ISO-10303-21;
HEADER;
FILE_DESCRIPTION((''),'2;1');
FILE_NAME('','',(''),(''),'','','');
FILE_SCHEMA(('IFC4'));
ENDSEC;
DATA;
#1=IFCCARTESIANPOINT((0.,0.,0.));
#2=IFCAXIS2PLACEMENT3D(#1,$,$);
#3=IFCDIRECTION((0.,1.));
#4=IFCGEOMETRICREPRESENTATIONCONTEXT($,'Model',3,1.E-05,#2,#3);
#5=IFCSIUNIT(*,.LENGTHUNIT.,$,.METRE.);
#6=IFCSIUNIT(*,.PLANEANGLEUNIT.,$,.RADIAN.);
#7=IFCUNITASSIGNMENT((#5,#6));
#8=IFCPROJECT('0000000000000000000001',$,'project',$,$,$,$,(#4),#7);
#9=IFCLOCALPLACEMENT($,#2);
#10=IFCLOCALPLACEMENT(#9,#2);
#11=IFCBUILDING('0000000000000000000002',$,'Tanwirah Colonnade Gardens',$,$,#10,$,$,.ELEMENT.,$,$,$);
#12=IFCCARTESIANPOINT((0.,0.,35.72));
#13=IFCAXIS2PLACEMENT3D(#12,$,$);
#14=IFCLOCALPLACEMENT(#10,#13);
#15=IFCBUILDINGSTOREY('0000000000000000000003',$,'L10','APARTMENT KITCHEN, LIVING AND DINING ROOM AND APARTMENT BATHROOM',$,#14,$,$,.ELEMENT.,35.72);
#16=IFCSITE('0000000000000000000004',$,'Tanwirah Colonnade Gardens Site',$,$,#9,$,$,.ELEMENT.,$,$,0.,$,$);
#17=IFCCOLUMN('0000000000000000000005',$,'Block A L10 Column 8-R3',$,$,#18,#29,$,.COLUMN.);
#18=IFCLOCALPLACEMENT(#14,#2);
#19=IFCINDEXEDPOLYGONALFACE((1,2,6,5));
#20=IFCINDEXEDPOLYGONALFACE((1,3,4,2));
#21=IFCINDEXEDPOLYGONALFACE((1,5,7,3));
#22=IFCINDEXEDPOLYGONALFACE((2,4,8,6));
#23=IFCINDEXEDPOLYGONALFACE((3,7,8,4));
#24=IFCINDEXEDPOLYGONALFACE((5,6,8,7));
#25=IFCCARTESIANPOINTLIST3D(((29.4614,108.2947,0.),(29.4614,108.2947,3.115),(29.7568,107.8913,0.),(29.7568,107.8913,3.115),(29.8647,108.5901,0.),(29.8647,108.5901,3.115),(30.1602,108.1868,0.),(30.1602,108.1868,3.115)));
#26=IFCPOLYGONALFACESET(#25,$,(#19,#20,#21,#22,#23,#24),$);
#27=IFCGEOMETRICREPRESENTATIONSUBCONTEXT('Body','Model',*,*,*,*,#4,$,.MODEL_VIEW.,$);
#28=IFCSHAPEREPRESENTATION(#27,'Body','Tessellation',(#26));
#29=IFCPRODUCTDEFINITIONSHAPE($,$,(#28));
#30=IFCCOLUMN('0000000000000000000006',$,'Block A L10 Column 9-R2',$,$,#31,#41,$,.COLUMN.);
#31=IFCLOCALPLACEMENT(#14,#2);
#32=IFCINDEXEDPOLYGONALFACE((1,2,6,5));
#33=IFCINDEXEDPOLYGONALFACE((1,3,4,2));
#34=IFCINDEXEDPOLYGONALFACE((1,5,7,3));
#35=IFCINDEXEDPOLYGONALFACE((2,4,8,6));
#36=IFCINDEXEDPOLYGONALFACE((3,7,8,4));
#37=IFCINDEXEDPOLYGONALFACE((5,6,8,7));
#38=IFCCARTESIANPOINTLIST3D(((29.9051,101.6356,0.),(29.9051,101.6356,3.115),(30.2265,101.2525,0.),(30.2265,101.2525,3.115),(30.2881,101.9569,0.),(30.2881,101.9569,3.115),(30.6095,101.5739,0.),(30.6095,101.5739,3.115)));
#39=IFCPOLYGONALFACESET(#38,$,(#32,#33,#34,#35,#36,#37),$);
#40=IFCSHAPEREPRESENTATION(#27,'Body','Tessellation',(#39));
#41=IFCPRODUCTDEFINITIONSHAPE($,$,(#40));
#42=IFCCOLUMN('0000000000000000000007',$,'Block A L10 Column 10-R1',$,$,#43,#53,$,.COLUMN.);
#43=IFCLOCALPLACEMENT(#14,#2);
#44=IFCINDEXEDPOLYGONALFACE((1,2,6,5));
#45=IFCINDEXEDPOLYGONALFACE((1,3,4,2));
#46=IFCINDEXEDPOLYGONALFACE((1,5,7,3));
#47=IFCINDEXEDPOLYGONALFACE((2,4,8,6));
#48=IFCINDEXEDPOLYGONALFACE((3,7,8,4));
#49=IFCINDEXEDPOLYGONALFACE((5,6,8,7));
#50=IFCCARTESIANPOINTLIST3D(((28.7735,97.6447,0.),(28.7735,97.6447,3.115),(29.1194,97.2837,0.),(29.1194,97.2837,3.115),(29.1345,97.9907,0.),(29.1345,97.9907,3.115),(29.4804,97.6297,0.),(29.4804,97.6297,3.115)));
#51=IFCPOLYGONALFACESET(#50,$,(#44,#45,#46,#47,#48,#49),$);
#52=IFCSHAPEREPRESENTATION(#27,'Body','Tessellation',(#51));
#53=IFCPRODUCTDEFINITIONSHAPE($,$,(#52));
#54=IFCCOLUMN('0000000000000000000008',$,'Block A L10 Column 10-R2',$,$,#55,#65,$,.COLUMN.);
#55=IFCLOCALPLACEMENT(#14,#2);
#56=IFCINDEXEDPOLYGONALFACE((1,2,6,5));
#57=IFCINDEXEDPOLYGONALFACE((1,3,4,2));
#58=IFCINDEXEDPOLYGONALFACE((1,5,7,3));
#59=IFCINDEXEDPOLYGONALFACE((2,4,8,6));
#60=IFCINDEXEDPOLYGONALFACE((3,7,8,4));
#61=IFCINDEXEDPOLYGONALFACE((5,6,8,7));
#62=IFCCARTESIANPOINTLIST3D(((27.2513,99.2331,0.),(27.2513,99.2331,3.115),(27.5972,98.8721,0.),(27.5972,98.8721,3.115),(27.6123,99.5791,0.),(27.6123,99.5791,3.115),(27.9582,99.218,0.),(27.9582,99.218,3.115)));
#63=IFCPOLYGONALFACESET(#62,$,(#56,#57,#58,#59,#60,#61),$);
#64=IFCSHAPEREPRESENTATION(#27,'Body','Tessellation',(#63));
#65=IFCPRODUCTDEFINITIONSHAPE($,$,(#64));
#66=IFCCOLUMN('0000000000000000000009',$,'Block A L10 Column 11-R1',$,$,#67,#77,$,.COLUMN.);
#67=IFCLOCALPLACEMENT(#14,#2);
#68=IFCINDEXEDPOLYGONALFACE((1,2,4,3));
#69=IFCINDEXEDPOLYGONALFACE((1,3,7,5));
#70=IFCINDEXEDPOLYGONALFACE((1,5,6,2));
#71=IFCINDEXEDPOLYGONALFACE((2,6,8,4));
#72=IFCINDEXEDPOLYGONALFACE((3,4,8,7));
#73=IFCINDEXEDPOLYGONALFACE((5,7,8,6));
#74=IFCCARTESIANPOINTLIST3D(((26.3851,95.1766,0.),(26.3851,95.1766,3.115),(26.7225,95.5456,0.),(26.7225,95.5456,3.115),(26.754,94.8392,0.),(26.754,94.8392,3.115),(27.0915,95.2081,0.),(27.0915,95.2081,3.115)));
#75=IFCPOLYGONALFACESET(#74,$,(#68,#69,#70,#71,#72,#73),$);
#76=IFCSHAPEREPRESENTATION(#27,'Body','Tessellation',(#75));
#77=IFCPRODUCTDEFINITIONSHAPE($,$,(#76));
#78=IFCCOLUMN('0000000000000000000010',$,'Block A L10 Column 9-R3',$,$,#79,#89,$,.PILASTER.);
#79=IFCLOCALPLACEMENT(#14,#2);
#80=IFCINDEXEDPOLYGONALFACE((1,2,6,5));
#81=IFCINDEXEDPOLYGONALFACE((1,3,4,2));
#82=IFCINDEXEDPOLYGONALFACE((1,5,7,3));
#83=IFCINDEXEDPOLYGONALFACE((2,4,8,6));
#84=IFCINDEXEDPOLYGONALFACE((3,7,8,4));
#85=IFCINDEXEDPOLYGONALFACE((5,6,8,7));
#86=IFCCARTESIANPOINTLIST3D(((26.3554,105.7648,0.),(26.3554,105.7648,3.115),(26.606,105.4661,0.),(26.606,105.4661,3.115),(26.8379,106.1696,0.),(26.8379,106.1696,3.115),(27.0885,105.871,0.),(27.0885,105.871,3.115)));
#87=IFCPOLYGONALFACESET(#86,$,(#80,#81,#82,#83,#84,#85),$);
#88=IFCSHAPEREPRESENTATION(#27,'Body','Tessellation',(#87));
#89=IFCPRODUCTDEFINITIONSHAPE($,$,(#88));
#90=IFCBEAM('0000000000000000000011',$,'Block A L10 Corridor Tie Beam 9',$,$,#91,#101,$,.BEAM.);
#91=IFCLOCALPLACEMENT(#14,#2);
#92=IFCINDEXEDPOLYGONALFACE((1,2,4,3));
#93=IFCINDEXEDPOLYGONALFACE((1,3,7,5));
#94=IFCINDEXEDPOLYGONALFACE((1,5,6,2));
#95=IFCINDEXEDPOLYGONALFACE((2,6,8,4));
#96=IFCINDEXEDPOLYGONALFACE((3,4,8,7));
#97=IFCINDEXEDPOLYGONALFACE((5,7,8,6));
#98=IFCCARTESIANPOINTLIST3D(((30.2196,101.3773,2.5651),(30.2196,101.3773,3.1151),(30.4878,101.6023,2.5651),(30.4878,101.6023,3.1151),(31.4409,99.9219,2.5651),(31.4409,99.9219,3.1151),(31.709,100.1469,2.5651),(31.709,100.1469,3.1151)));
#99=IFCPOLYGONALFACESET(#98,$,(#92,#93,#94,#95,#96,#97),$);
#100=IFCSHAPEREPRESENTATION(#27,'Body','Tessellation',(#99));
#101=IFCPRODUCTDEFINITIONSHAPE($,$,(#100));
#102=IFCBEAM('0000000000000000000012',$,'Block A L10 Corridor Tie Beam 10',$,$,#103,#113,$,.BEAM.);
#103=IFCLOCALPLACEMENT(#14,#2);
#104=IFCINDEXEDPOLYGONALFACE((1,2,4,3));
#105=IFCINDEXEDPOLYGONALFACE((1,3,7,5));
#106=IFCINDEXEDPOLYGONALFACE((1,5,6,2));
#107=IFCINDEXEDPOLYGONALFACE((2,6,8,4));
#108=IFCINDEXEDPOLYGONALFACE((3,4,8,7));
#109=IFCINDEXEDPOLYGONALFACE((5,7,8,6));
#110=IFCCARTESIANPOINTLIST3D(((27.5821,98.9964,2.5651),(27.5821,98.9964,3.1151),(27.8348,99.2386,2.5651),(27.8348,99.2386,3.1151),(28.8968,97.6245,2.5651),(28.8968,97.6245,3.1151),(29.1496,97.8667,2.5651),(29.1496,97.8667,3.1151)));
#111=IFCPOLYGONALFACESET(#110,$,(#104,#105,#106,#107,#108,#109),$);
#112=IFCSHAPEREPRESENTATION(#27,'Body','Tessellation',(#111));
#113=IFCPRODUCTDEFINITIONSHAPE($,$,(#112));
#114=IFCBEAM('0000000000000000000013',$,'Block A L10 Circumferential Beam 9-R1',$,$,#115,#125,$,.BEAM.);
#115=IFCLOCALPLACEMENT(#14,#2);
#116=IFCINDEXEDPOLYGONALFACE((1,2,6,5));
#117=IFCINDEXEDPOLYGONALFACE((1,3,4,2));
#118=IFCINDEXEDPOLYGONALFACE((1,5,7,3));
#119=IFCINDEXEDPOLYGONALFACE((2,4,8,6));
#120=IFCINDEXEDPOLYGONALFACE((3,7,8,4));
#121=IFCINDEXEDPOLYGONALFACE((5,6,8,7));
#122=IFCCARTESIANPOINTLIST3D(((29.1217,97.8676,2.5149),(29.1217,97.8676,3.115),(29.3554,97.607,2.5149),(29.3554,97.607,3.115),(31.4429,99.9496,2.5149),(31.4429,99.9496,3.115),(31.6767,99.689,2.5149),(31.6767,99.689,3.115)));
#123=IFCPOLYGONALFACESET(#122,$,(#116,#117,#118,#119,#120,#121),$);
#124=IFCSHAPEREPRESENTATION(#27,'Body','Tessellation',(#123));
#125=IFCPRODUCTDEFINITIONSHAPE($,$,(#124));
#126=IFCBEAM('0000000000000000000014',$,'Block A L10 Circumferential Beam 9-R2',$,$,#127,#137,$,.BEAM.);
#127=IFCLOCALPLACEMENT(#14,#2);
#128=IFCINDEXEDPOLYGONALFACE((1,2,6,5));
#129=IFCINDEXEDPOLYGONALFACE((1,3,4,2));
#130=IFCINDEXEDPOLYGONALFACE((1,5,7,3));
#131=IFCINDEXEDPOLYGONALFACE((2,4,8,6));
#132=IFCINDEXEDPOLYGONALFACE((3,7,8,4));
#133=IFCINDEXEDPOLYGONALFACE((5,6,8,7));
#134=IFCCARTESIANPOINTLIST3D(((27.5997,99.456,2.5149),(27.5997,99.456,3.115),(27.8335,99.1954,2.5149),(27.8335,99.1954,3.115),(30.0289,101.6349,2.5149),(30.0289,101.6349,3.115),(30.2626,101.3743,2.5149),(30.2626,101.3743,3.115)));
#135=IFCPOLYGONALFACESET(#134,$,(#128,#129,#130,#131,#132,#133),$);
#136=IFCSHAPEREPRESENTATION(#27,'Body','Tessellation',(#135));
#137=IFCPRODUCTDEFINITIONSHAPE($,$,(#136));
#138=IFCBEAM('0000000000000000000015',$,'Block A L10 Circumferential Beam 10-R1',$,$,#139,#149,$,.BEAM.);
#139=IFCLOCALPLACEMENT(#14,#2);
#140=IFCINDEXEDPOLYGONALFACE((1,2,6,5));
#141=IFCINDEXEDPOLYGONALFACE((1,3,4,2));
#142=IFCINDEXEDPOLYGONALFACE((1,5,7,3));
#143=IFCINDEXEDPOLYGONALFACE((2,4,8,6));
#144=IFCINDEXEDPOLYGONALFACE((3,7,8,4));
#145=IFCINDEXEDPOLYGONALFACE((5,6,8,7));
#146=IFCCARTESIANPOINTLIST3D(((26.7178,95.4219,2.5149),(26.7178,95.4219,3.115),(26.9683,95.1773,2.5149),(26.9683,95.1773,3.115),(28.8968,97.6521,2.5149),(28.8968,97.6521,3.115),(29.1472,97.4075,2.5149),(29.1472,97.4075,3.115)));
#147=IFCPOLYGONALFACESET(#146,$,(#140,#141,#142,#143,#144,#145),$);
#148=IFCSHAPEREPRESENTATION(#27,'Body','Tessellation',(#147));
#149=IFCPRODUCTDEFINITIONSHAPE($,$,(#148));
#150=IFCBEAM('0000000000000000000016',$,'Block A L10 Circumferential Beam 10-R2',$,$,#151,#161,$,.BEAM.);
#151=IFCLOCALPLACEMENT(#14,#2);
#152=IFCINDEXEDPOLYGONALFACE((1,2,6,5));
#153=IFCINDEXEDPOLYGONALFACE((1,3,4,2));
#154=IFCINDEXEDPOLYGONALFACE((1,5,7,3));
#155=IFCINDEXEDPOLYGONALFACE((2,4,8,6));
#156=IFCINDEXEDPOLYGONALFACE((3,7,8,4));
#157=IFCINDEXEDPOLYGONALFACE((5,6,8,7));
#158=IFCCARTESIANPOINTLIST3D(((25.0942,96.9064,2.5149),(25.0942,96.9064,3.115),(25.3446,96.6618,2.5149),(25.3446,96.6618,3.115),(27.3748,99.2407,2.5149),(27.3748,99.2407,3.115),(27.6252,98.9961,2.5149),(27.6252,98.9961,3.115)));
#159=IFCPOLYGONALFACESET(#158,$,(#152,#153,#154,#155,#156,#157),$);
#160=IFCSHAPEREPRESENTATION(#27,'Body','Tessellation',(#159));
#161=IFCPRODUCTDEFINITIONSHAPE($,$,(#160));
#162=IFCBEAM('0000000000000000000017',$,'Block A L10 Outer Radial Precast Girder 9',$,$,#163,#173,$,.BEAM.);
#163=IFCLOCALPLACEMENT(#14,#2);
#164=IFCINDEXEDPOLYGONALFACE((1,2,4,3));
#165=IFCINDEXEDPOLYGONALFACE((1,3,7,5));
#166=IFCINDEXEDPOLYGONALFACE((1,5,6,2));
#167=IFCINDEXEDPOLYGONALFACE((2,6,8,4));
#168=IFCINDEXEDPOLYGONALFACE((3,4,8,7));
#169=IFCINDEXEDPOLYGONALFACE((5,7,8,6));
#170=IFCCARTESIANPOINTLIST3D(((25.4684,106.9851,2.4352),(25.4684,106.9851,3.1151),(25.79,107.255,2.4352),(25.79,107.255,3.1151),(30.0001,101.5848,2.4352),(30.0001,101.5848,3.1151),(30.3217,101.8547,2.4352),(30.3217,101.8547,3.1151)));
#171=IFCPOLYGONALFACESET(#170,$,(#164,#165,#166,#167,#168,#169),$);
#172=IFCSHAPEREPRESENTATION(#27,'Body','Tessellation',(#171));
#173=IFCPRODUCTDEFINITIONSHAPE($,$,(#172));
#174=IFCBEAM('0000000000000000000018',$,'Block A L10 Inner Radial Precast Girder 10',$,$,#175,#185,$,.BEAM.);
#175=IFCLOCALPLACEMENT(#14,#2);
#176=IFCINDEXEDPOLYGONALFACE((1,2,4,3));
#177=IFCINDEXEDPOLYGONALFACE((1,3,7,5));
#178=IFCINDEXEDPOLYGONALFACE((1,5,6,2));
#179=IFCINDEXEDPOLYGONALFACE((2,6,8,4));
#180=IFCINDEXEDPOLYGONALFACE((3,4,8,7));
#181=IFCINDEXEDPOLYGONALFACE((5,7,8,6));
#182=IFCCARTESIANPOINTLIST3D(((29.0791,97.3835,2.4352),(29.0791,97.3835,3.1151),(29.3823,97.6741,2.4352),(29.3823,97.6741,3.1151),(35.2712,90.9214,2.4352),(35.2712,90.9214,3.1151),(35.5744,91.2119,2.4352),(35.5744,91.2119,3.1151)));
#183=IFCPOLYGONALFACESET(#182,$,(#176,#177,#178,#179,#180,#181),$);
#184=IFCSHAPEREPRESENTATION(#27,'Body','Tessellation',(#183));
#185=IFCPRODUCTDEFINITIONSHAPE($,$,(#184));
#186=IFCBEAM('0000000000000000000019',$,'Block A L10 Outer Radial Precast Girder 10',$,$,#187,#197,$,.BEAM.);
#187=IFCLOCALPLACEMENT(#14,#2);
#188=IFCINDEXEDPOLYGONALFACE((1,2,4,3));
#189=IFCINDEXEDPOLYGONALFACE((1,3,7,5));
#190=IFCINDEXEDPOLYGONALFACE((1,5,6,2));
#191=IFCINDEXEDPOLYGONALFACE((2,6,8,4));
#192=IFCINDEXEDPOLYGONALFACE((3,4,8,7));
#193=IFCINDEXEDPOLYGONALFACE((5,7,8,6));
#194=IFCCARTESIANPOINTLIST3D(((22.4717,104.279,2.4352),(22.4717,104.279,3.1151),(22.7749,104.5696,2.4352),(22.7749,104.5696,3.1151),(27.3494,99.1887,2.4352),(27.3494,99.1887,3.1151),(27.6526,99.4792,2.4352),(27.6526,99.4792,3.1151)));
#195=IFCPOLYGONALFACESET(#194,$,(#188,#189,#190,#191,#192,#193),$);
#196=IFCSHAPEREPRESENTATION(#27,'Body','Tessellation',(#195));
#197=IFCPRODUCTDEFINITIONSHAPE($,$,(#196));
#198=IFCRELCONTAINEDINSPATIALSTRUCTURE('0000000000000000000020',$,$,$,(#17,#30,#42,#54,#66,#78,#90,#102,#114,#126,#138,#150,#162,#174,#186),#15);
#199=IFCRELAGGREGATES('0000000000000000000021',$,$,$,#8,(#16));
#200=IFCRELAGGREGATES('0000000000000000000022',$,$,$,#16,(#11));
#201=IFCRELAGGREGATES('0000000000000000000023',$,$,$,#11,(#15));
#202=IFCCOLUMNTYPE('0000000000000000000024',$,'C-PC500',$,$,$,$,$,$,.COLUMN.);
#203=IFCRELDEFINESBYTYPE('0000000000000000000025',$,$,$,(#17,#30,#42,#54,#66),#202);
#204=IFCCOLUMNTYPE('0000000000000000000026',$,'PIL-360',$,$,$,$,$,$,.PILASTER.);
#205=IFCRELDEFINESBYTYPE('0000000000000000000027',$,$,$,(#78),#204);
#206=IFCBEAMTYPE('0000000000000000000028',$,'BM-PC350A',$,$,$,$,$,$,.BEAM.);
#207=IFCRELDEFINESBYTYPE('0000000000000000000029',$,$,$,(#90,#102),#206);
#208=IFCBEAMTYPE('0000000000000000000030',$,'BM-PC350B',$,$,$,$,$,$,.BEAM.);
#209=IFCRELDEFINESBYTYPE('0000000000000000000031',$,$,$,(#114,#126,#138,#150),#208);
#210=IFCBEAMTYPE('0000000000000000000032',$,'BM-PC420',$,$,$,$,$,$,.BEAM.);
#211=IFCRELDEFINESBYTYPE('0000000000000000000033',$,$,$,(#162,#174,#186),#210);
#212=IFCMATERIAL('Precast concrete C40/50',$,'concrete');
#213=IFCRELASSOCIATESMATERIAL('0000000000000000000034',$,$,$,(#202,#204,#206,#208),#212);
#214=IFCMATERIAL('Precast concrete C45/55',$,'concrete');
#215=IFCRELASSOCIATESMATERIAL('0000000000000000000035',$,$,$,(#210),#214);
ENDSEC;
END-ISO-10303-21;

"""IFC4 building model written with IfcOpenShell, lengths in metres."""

from ifc_helpers import new_model, si_unit, direction, frame, origin, origin_2d, place, context, subcontext, project, spatial, rectangle, extrude, material, material_profile, profile_set, type_object, element, save


model = new_model("IFC4")

# Units and contexts
model_context = context("Model", 3, precision=1e-05, world=origin(), true_north=direction((0.0, 1.0)))
body_context = subcontext(model_context, "Body", "Model", "MODEL_VIEW")
ifc_project = project(units=[si_unit("LENGTHUNIT", "METRE"), si_unit("PLANEANGLEUNIT", "RADIAN")], contexts=[model_context])

# Site, building, storey
site_placement = place(None, origin())
site = spatial("IfcSite", under=ifc_project, at=site_placement, Name="Tanwirah Colonnade Gardens Site", CompositionType="ELEMENT", RefElevation=0.0)
building_placement = place(site_placement, origin())
building = spatial("IfcBuilding", under=site, at=building_placement, Name="Tanwirah Colonnade Gardens", CompositionType="ELEMENT")
storey_placement = place(building_placement, frame((0.0, 0.0, 35.72)))
storey = spatial("IfcBuildingStorey", under=building, at=storey_placement, Name="L10", Description="APARTMENT KITCHEN, LIVING AND DINING ROOM AND APARTMENT BATHROOM", CompositionType="ELEMENT", Elevation=35.72)

# Columns
ifc_material_1 = material(Name="Precast concrete C40/50", Category="concrete")
ifc_material_profile_1 = material_profile(ifc_material_1, rectangle(XDim=0.5, YDim=0.5, at=origin_2d()), Name="PC-COL 500x500")
ifc_profile_set_1 = profile_set([ifc_material_profile_1], Name="Precast concrete C40/50")
column_type_1 = type_object("IfcColumnType", Name="C-PC500", PredefinedType="COLUMN", material=ifc_profile_set_1)
for number, where, z_axis, x_axis, name in (
    (1, (29.8108, 108.2407, 0.0), (0.0, 0.0, 1.0), (-0.590919, 0.806731, 0.0), "Block A L10 Column 8-R3"),
    (2, (30.2573, 101.6047, 0.0), (0.0, 0.0, 1.0), (-0.642788, 0.766044, 0.0), "Block A L10 Column 9-R2"),
    (3, (29.127, 97.6372, 0.0), (0.0, 0.0, 1.0), (-0.691863, 0.722029, 0.0), "Block A L10 Column 10-R1"),
    (4, (27.6047, 99.2256, 0.0), (0.0, 0.0, 1.0), (-0.691863, 0.722029, 0.0), "Block A L10 Column 10-R2"),
    (5, (26.7383, 95.1924, 0.0), (0.0, 0.0, 1.0), (-0.737932, 0.674875, 0.0), "Block A L10 Column 11-R1"),
):
    element("IfcColumn", number, at=place(storey_placement, frame(where, z_axis=z_axis, x_axis=x_axis)), inside=storey, type_object=column_type_1, Name=name, PredefinedType="COLUMN", context=body_context, shape_type="SweptSolid", body=[
        extrude(rectangle(XDim=0.5, YDim=0.5, at=origin_2d()), origin(), (0.0, 0.0, 1.0), 3.115),
    ])
ifc_material_profile_2 = material_profile(ifc_material_1, rectangle(XDim=0.3899, YDim=0.6299, at=origin_2d()), Name="PC-PIL 390x630")
ifc_profile_set_2 = profile_set([ifc_material_profile_2], Name="Precast concrete C40/50")
column_type_2 = type_object("IfcColumnType", Name="PIL-360", PredefinedType="PILASTER", material=ifc_profile_set_2)
column_placement = place(storey_placement, frame((26.7219, 105.8179, 0.0), z_axis=(0.0, 0.0, 1.0), x_axis=(-0.642788, 0.766044, 0.0)))
element("IfcColumn", 6, at=column_placement, inside=storey, type_object=column_type_2, Name="Block A L10 Column 9-R3", PredefinedType="PILASTER", context=body_context, shape_type="SweptSolid", body=[
    extrude(rectangle(XDim=0.3899, YDim=0.6299, at=origin_2d()), origin(), (0.0, 0.0, 1.0), 3.115),
])

# Beams
ifc_material_profile_3 = material_profile(ifc_material_1, rectangle(XDim=0.3501, YDim=0.55, at=origin_2d()), Name="PC-BM 350x550")
ifc_profile_set_3 = profile_set([ifc_material_profile_3], Name="Precast concrete C40/50")
beam_type_1 = type_object("IfcBeamType", Name="BM-PC350A", PredefinedType="BEAM", material=ifc_profile_set_3)
beam_1_placement = place(storey_placement, frame((31.575, 100.0344, 2.8401), z_axis=(-0.642797, 0.766036, 0.0), x_axis=(-0.766036, -0.642797, 0.0)))
element("IfcBeam", 7, at=beam_1_placement, inside=storey, type_object=beam_type_1, Name="Block A L10 Corridor Tie Beam 9", PredefinedType="BEAM", context=body_context, shape_type="SweptSolid", body=[
    extrude(rectangle(XDim=0.3501, YDim=0.55, at=origin_2d()), origin(), (0.0, 0.0, 1.0), 1.8999),
])
beam_2_placement = place(storey_placement, frame((29.0232, 97.7456, 2.8401), z_axis=(-0.691914, 0.72198, 0.0), x_axis=(-0.72198, -0.691914, 0.0)))
element("IfcBeam", 8, at=beam_2_placement, inside=storey, type_object=beam_type_1, Name="Block A L10 Corridor Tie Beam 10", PredefinedType="BEAM", context=body_context, shape_type="SweptSolid", body=[
    extrude(rectangle(XDim=0.3501, YDim=0.55, at=origin_2d()), origin(), (0.0, 0.0, 1.0), 1.9001),
])
ifc_material_profile_4 = material_profile(ifc_material_1, rectangle(XDim=0.3501, YDim=0.6001, at=origin_2d()), Name="PC-BM 350x600")
ifc_profile_set_4 = profile_set([ifc_material_profile_4], Name="Precast concrete C40/50")
beam_type_2 = type_object("IfcBeamType", Name="BM-PC350B", PredefinedType="BEAM", material=ifc_profile_set_4)
beam_3_placement = place(storey_placement, frame((31.5598, 99.8193, 2.8149), z_axis=(-0.74443, -0.667701, 0.0), x_axis=(0.667701, -0.74443, 0.0)))
element("IfcBeam", 9, at=beam_3_placement, inside=storey, type_object=beam_type_2, Name="Block A L10 Circumferential Beam 9-R1", PredefinedType="BEAM", context=body_context, shape_type="SweptSolid", body=[
    extrude(rectangle(XDim=0.3501, YDim=0.6001, at=origin_2d()), origin(), (0.0, 0.0, 1.0), 3.1182),
])
beam_4_placement = place(storey_placement, frame((30.1458, 101.5046, 2.8149), z_axis=(-0.744409, -0.667724, 0.0), x_axis=(0.667724, -0.744409, 0.0)))
element("IfcBeam", 10, at=beam_4_placement, inside=storey, type_object=beam_type_2, Name="Block A L10 Circumferential Beam 9-R2", PredefinedType="BEAM", context=body_context, shape_type="SweptSolid", body=[
    extrude(rectangle(XDim=0.3501, YDim=0.6001, at=origin_2d()), origin(), (0.0, 0.0, 1.0), 3.2632),
])
beam_5_placement = place(storey_placement, frame((29.022, 97.5298, 2.8149), z_axis=(-0.698837, -0.715281, 0.0), x_axis=(0.715281, -0.698837, 0.0)))
element("IfcBeam", 11, at=beam_5_placement, inside=storey, type_object=beam_type_2, Name="Block A L10 Circumferential Beam 10-R1", PredefinedType="BEAM", context=body_context, shape_type="SweptSolid", body=[
    extrude(rectangle(XDim=0.3501, YDim=0.6001, at=origin_2d()), origin(), (0.0, 0.0, 1.0), 3.1179),
])
beam_6_placement = place(storey_placement, frame((27.5, 99.1184, 2.8149), z_axis=(-0.698829, -0.715288, 0.0), x_axis=(0.715288, -0.698829, 0.0)))
element("IfcBeam", 12, at=beam_6_placement, inside=storey, type_object=beam_type_2, Name="Block A L10 Circumferential Beam 10-R2", PredefinedType="BEAM", context=body_context, shape_type="SweptSolid", body=[
    extrude(rectangle(XDim=0.3501, YDim=0.6001, at=origin_2d()), origin(), (0.0, 0.0, 1.0), 3.2634),
])
ifc_material_2 = material(Name="Precast concrete C45/55", Category="concrete")
ifc_material_profile_5 = material_profile(ifc_material_2, rectangle(XDim=0.4199, YDim=0.6799, at=origin_2d()), Name="PC-BM 420x680")
ifc_profile_set_5 = profile_set([ifc_material_profile_5], Name="Precast concrete C45/55")
beam_type_3 = type_object("IfcBeamType", Name="BM-PC420", PredefinedType="BEAM", material=ifc_profile_set_5)
beam_7_placement = place(storey_placement, frame((30.1609, 101.7197, 2.7751), z_axis=(-0.64281, 0.766025, 0.0), x_axis=(-0.766025, -0.64281, 0.0)))
element("IfcBeam", 13, at=beam_7_placement, inside=storey, type_object=beam_type_3, Name="Block A L10 Outer Radial Precast Girder 9", PredefinedType="BEAM", context=body_context, shape_type="SweptSolid", body=[
    extrude(rectangle(XDim=0.4199, YDim=0.6799, at=origin_2d()), origin(), (0.0, 0.0, 1.0), 7.0498),
])
beam_8_placement = place(storey_placement, frame((29.2307, 97.5288, 2.7751), z_axis=(0.691861, -0.722031, 0.0), x_axis=(0.722031, 0.691861, 0.0)))
element("IfcBeam", 14, at=beam_8_placement, inside=storey, type_object=beam_type_3, Name="Block A L10 Inner Radial Precast Girder 10", PredefinedType="BEAM", context=body_context, shape_type="SweptSolid", body=[
    extrude(rectangle(XDim=0.4199, YDim=0.6799, at=origin_2d()), origin(), (0.0, 0.0, 1.0), 8.95),
])
beam_9_placement = place(storey_placement, frame((27.501, 99.334, 2.7751), z_axis=(-0.691865, 0.722027, 0.0), x_axis=(-0.722027, -0.691865, 0.0)))
element("IfcBeam", 15, at=beam_9_placement, inside=storey, type_object=beam_type_3, Name="Block A L10 Outer Radial Precast Girder 10", PredefinedType="BEAM", context=body_context, shape_type="SweptSolid", body=[
    extrude(rectangle(XDim=0.4199, YDim=0.6799, at=origin_2d()), origin(), (0.0, 0.0, 1.0), 7.05),
])

save(model, "model.ifc")
